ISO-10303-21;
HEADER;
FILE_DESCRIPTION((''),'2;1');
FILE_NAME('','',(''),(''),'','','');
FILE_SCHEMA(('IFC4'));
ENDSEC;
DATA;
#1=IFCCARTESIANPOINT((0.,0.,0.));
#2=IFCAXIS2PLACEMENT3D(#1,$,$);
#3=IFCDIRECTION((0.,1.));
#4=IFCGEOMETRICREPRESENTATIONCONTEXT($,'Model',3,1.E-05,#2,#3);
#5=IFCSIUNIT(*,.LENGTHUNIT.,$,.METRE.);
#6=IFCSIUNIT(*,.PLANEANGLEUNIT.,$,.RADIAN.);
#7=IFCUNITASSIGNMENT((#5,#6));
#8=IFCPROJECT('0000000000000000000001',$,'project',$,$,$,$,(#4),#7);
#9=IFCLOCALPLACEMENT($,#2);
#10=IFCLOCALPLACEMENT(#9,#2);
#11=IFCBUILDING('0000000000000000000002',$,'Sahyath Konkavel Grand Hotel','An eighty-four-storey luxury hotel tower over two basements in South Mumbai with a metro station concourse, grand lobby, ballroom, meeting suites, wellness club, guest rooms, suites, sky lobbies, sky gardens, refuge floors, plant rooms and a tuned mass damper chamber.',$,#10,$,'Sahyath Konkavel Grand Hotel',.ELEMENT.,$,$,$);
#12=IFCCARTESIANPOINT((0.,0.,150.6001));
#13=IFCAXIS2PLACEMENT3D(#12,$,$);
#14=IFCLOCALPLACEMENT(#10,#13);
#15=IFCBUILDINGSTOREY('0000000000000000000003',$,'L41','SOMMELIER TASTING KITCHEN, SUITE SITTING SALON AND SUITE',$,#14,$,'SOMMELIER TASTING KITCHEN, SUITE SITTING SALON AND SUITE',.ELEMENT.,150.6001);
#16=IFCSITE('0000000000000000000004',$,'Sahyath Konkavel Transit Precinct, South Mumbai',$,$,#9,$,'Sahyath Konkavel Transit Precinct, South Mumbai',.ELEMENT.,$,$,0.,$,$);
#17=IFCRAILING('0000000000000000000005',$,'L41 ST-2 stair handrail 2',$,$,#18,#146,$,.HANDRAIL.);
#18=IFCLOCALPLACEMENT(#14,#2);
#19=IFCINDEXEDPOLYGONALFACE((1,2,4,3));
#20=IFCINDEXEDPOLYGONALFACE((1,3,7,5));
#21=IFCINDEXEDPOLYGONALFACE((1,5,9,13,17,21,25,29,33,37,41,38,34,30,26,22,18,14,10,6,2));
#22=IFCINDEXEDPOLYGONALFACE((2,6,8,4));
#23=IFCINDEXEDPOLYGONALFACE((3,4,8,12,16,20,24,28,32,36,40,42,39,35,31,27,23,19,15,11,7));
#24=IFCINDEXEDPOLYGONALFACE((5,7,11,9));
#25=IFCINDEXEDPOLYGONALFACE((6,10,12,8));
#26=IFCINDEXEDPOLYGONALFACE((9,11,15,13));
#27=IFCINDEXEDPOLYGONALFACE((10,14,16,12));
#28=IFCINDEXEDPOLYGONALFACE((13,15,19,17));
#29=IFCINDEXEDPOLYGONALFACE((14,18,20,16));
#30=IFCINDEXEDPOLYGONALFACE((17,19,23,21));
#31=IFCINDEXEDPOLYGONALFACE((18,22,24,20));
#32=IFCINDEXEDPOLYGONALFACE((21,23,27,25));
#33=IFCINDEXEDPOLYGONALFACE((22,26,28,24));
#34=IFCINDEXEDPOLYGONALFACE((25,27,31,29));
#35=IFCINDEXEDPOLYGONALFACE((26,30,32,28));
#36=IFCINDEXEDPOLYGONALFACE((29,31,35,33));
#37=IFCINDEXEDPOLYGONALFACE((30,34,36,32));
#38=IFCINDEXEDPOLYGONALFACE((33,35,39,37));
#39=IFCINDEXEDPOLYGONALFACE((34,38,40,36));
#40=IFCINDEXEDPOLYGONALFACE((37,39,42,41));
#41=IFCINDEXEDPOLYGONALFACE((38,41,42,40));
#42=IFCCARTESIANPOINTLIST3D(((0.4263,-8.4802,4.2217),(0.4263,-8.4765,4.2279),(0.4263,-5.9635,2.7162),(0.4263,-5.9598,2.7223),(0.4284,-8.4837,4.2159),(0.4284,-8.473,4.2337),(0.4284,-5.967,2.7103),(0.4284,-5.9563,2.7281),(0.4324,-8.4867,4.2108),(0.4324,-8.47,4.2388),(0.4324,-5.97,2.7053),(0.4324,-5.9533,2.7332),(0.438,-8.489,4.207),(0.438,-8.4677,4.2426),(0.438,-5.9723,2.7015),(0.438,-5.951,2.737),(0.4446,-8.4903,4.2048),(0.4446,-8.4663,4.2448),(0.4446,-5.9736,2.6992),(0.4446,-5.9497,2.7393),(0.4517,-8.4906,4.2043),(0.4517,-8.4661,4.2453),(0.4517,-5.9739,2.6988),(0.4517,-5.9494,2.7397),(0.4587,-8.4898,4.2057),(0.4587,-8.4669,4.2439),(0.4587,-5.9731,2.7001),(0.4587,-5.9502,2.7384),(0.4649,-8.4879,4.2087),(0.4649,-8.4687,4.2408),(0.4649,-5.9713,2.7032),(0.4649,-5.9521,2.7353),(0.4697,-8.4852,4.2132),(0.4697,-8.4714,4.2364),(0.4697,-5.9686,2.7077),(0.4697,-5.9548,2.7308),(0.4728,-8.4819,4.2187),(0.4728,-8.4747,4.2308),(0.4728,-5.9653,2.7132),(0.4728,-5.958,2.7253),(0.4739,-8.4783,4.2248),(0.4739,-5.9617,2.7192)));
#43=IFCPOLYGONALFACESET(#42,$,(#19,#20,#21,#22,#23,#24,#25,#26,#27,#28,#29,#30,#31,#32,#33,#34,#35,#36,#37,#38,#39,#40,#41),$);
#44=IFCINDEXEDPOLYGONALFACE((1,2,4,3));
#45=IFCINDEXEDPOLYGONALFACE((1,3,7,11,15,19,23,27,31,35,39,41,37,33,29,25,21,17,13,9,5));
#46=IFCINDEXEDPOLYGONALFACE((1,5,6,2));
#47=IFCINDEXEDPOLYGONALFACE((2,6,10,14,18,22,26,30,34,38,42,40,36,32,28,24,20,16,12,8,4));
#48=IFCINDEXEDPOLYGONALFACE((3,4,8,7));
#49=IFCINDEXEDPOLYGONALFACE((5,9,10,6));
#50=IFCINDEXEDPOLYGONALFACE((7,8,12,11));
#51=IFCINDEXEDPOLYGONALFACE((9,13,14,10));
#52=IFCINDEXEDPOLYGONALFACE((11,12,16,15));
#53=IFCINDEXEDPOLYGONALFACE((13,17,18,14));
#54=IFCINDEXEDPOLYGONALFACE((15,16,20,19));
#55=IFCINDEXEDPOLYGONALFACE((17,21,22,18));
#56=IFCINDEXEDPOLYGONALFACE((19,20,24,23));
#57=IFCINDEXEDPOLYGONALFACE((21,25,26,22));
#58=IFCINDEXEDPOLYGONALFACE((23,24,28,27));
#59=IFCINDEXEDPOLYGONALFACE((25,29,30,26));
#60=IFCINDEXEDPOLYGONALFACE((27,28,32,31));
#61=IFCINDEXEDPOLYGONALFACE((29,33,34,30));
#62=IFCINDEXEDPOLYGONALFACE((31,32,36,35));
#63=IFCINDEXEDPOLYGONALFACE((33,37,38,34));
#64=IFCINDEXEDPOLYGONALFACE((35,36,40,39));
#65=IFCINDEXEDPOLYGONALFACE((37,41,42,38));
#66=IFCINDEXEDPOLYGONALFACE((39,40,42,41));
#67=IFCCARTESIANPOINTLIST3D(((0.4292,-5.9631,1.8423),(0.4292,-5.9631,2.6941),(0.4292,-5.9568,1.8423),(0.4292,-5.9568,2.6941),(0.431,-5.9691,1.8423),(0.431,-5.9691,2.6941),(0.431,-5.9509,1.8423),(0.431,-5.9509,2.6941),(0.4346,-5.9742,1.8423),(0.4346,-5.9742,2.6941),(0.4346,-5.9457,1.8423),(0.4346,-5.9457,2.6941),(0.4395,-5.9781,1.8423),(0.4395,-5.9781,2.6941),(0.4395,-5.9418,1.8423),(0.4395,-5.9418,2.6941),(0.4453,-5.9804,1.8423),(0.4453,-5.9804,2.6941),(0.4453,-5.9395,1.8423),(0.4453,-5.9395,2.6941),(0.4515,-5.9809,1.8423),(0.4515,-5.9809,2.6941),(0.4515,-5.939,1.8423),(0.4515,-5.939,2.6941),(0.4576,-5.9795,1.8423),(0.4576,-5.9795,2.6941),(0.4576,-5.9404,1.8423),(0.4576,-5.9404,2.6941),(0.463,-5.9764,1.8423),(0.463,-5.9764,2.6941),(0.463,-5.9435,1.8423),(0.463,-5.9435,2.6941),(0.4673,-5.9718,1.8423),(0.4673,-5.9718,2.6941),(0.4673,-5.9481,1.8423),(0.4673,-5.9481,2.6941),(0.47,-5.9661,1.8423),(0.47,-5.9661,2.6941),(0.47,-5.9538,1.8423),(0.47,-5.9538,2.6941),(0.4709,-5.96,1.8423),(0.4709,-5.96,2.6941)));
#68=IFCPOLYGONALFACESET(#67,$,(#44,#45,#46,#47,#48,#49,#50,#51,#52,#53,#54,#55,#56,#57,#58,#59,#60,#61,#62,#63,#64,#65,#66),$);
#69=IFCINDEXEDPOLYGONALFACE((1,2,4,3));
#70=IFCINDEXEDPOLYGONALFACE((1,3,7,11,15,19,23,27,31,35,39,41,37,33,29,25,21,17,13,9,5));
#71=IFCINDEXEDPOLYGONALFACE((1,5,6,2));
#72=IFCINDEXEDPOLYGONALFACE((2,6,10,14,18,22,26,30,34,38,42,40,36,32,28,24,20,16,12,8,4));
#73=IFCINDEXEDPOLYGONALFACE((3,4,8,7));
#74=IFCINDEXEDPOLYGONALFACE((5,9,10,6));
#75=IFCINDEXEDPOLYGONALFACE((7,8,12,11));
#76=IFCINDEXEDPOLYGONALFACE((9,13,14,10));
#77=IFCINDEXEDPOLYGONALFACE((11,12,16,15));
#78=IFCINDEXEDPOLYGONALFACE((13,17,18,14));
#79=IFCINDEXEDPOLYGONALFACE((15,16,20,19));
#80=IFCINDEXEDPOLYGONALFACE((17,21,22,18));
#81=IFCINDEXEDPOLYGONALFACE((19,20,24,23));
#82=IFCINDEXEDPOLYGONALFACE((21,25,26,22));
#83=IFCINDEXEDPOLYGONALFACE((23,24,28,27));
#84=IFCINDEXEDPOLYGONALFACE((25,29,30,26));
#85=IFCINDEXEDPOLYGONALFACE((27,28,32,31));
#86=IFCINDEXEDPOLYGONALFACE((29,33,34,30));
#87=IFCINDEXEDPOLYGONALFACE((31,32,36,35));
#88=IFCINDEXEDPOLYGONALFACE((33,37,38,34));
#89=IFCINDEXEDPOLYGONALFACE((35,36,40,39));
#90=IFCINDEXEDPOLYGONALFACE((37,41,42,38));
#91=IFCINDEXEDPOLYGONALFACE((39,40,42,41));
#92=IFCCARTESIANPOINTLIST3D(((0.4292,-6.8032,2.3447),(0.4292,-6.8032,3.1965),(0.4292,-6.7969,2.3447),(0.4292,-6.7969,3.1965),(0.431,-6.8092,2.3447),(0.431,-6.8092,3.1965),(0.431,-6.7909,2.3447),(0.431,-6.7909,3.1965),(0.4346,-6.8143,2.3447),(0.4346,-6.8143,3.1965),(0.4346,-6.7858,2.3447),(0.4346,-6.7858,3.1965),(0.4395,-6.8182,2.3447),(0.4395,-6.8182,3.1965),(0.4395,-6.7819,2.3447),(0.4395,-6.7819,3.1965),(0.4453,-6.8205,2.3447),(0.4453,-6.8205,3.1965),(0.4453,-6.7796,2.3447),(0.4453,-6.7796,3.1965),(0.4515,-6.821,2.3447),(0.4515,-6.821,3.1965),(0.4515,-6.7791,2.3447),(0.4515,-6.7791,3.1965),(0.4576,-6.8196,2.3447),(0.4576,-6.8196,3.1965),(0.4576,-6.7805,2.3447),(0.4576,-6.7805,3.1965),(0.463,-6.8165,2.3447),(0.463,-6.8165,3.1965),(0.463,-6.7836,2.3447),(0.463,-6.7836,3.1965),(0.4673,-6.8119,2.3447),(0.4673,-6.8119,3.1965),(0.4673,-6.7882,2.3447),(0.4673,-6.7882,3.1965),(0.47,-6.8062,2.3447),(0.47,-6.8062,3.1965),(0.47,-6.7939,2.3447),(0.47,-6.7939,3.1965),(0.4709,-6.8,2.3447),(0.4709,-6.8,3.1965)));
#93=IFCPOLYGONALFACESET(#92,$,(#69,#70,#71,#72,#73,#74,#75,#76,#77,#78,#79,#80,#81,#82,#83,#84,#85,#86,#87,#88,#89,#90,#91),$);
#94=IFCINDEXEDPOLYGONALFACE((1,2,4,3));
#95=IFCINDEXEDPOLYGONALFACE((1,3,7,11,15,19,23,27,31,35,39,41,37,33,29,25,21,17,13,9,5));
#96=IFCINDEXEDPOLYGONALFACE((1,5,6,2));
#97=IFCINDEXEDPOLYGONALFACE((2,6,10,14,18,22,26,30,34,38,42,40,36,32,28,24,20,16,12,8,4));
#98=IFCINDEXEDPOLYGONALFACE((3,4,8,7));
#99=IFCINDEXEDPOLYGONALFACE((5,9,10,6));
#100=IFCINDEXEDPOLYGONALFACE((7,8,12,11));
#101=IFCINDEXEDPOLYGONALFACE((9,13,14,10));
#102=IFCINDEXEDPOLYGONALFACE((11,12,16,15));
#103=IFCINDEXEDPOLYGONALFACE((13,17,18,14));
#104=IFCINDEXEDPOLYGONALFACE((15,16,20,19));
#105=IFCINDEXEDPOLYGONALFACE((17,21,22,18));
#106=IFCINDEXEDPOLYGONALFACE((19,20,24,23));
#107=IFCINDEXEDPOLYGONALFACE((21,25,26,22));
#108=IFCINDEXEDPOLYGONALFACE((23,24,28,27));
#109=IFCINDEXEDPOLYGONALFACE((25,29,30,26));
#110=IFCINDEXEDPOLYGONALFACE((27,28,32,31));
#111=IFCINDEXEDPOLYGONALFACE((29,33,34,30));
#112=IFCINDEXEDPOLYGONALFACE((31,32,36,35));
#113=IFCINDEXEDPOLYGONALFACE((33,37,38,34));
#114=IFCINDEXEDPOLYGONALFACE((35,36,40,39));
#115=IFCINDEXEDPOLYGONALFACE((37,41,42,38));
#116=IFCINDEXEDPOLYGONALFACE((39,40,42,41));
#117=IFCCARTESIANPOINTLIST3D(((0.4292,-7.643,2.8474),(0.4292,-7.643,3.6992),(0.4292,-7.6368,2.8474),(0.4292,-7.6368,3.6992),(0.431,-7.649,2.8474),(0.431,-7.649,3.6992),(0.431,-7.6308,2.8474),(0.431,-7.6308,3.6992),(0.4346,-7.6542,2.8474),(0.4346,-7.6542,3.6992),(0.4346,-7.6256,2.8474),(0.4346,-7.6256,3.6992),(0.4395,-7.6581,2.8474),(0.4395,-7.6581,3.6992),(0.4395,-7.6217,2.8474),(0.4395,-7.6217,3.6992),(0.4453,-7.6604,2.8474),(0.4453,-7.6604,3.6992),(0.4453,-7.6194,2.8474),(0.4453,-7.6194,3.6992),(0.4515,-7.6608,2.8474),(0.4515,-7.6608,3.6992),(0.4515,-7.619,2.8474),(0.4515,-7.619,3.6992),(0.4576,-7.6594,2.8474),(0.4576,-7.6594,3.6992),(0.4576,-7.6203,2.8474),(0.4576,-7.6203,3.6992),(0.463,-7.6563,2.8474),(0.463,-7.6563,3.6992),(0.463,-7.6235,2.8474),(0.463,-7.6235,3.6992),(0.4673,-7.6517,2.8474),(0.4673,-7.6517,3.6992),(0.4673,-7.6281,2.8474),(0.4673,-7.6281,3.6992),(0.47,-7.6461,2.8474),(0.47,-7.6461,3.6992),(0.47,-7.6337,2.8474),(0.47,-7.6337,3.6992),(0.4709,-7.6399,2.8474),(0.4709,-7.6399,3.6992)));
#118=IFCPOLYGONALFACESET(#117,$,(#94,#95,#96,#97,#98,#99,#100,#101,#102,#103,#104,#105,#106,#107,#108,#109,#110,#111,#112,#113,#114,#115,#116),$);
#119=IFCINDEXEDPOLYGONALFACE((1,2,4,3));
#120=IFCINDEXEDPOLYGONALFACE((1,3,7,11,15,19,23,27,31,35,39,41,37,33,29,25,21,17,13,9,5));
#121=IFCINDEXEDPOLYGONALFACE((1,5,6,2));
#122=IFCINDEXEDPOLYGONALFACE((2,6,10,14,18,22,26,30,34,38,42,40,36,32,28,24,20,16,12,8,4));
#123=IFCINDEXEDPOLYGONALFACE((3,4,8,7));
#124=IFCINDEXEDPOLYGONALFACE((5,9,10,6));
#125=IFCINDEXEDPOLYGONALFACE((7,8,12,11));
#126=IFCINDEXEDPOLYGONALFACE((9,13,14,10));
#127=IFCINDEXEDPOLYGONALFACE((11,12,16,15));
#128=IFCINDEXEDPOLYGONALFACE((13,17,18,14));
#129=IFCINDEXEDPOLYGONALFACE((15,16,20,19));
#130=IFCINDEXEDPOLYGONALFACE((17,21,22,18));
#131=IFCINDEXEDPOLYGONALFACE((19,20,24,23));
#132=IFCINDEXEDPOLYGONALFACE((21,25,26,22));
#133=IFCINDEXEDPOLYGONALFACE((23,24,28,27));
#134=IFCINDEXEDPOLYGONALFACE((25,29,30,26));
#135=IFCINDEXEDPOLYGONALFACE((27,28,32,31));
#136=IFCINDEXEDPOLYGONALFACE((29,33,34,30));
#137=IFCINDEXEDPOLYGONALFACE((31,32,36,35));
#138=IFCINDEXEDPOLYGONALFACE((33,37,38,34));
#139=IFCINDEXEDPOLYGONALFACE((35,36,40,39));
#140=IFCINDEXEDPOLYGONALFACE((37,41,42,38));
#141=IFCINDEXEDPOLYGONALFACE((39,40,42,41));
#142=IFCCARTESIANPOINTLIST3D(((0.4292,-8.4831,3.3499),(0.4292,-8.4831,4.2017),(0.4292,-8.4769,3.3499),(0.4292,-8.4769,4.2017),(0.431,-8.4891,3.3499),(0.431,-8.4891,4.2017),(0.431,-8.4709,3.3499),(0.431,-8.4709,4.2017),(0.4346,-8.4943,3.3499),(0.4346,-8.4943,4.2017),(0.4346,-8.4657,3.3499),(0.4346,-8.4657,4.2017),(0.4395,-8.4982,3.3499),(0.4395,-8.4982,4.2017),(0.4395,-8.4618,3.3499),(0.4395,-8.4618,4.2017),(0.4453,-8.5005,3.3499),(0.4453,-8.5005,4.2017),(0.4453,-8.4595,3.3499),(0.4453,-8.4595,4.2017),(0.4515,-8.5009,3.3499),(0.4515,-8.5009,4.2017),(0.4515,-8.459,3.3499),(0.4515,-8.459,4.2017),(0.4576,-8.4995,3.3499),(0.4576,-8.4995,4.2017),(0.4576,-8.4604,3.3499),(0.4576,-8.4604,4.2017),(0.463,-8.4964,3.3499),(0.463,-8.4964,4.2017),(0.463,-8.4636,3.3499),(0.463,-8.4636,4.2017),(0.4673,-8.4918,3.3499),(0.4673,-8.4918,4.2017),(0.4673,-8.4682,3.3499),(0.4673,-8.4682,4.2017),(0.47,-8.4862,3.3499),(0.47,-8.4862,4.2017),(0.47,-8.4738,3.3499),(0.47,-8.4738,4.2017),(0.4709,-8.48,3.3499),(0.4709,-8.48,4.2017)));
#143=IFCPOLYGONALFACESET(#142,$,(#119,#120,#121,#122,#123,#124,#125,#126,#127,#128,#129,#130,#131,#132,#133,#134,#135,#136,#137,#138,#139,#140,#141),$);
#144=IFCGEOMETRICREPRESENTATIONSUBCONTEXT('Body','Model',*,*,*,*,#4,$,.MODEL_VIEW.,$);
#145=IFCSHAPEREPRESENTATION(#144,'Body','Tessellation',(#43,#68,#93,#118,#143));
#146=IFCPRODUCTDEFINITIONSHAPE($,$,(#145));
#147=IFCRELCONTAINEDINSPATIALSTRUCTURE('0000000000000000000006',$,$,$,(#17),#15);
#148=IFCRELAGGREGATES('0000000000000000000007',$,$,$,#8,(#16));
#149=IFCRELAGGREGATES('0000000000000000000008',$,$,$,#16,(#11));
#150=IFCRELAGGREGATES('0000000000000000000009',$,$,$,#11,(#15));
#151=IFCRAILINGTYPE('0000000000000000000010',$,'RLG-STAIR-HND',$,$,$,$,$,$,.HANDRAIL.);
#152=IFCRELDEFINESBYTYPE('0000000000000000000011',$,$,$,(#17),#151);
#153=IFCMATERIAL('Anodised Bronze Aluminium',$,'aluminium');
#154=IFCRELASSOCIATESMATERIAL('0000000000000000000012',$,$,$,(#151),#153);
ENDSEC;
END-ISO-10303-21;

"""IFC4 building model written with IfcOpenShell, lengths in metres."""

from ifc_helpers import new_model, si_unit, direction, frame, origin, origin_2d, place, context, subcontext, project, spatial, circle, extrude, material, type_object, element, save


model = new_model("IFC4")

# Units and contexts
model_context = context("Model", 3, precision=1e-05, world=origin(), true_north=direction((0.0, 1.0)))
body_context = subcontext(model_context, "Body", "Model", "MODEL_VIEW")
ifc_project = project(units=[si_unit("LENGTHUNIT", "METRE"), si_unit("PLANEANGLEUNIT", "RADIAN")], contexts=[model_context])

# Site, building, storey
site_placement = place(None, origin())
site = spatial("IfcSite", under=ifc_project, at=site_placement, Name="Sahyath Konkavel Transit Precinct, South Mumbai", LongName="Sahyath Konkavel Transit Precinct, South Mumbai", CompositionType="ELEMENT", RefElevation=0.0)
building_placement = place(site_placement, origin())
building = spatial("IfcBuilding", under=site, at=building_placement, Name="Sahyath Konkavel Grand Hotel", Description="An eighty-four-storey luxury hotel tower over two basements in South Mumbai with a metro station concourse, grand lobby, ballroom, meeting suites, wellness club, guest rooms, suites, sky lobbies, sky gardens, refuge floors, plant rooms and a tuned mass damper chamber.", LongName="Sahyath Konkavel Grand Hotel", CompositionType="ELEMENT")
storey_placement = place(building_placement, frame((0.0, 0.0, 150.6001)))
storey = spatial("IfcBuildingStorey", under=building, at=storey_placement, Name="L41", Description="SOMMELIER TASTING KITCHEN, SUITE SITTING SALON AND SUITE", LongName="SOMMELIER TASTING KITCHEN, SUITE SITTING SALON AND SUITE", CompositionType="ELEMENT", Elevation=150.6001)

# Railing
ifc_material_1 = material(Name="Anodised Bronze Aluminium", Category="aluminium")
railing_type_1 = type_object("IfcRailingType", Name="RLG-STAIR-HND", PredefinedType="HANDRAIL", material=ifc_material_1)
railing_1_placement = place(storey_placement, frame((0.45, -5.96, 1.8423)))
element("IfcRailing", 1, at=railing_1_placement, inside=storey, type_object=railing_type_1, Name="L41 ST-2 stair handrail 2", PredefinedType="HANDRAIL", context=body_context, shape_type="SweptSolid", body=[
    extrude(circle(Radius=0.0239, at=origin_2d()), frame((0.0, -0.0017, 0.877), z_axis=(0.0, -0.85816, 0.513383), x_axis=(1.0, 0.0, 0.0)), (0.0, 0.0, 1.0), 2.9326),
    extrude(circle(Radius=0.021, at=origin_2d()), origin(), (0.0, 0.0, 1.0), 0.8518),
    extrude(circle(Radius=0.021, at=origin_2d()), frame((0.0, -0.8401, 0.5024)), (0.0, 0.0, 1.0), 0.8518),
    extrude(circle(Radius=0.021, at=origin_2d()), frame((0.0, -1.6799, 1.0051)), (0.0, 0.0, 1.0), 0.8518),
    extrude(circle(Radius=0.021, at=origin_2d()), frame((0.0, -2.52, 1.5076)), (0.0, 0.0, 1.0), 0.8518),
])

save(model, "model.ifc")
